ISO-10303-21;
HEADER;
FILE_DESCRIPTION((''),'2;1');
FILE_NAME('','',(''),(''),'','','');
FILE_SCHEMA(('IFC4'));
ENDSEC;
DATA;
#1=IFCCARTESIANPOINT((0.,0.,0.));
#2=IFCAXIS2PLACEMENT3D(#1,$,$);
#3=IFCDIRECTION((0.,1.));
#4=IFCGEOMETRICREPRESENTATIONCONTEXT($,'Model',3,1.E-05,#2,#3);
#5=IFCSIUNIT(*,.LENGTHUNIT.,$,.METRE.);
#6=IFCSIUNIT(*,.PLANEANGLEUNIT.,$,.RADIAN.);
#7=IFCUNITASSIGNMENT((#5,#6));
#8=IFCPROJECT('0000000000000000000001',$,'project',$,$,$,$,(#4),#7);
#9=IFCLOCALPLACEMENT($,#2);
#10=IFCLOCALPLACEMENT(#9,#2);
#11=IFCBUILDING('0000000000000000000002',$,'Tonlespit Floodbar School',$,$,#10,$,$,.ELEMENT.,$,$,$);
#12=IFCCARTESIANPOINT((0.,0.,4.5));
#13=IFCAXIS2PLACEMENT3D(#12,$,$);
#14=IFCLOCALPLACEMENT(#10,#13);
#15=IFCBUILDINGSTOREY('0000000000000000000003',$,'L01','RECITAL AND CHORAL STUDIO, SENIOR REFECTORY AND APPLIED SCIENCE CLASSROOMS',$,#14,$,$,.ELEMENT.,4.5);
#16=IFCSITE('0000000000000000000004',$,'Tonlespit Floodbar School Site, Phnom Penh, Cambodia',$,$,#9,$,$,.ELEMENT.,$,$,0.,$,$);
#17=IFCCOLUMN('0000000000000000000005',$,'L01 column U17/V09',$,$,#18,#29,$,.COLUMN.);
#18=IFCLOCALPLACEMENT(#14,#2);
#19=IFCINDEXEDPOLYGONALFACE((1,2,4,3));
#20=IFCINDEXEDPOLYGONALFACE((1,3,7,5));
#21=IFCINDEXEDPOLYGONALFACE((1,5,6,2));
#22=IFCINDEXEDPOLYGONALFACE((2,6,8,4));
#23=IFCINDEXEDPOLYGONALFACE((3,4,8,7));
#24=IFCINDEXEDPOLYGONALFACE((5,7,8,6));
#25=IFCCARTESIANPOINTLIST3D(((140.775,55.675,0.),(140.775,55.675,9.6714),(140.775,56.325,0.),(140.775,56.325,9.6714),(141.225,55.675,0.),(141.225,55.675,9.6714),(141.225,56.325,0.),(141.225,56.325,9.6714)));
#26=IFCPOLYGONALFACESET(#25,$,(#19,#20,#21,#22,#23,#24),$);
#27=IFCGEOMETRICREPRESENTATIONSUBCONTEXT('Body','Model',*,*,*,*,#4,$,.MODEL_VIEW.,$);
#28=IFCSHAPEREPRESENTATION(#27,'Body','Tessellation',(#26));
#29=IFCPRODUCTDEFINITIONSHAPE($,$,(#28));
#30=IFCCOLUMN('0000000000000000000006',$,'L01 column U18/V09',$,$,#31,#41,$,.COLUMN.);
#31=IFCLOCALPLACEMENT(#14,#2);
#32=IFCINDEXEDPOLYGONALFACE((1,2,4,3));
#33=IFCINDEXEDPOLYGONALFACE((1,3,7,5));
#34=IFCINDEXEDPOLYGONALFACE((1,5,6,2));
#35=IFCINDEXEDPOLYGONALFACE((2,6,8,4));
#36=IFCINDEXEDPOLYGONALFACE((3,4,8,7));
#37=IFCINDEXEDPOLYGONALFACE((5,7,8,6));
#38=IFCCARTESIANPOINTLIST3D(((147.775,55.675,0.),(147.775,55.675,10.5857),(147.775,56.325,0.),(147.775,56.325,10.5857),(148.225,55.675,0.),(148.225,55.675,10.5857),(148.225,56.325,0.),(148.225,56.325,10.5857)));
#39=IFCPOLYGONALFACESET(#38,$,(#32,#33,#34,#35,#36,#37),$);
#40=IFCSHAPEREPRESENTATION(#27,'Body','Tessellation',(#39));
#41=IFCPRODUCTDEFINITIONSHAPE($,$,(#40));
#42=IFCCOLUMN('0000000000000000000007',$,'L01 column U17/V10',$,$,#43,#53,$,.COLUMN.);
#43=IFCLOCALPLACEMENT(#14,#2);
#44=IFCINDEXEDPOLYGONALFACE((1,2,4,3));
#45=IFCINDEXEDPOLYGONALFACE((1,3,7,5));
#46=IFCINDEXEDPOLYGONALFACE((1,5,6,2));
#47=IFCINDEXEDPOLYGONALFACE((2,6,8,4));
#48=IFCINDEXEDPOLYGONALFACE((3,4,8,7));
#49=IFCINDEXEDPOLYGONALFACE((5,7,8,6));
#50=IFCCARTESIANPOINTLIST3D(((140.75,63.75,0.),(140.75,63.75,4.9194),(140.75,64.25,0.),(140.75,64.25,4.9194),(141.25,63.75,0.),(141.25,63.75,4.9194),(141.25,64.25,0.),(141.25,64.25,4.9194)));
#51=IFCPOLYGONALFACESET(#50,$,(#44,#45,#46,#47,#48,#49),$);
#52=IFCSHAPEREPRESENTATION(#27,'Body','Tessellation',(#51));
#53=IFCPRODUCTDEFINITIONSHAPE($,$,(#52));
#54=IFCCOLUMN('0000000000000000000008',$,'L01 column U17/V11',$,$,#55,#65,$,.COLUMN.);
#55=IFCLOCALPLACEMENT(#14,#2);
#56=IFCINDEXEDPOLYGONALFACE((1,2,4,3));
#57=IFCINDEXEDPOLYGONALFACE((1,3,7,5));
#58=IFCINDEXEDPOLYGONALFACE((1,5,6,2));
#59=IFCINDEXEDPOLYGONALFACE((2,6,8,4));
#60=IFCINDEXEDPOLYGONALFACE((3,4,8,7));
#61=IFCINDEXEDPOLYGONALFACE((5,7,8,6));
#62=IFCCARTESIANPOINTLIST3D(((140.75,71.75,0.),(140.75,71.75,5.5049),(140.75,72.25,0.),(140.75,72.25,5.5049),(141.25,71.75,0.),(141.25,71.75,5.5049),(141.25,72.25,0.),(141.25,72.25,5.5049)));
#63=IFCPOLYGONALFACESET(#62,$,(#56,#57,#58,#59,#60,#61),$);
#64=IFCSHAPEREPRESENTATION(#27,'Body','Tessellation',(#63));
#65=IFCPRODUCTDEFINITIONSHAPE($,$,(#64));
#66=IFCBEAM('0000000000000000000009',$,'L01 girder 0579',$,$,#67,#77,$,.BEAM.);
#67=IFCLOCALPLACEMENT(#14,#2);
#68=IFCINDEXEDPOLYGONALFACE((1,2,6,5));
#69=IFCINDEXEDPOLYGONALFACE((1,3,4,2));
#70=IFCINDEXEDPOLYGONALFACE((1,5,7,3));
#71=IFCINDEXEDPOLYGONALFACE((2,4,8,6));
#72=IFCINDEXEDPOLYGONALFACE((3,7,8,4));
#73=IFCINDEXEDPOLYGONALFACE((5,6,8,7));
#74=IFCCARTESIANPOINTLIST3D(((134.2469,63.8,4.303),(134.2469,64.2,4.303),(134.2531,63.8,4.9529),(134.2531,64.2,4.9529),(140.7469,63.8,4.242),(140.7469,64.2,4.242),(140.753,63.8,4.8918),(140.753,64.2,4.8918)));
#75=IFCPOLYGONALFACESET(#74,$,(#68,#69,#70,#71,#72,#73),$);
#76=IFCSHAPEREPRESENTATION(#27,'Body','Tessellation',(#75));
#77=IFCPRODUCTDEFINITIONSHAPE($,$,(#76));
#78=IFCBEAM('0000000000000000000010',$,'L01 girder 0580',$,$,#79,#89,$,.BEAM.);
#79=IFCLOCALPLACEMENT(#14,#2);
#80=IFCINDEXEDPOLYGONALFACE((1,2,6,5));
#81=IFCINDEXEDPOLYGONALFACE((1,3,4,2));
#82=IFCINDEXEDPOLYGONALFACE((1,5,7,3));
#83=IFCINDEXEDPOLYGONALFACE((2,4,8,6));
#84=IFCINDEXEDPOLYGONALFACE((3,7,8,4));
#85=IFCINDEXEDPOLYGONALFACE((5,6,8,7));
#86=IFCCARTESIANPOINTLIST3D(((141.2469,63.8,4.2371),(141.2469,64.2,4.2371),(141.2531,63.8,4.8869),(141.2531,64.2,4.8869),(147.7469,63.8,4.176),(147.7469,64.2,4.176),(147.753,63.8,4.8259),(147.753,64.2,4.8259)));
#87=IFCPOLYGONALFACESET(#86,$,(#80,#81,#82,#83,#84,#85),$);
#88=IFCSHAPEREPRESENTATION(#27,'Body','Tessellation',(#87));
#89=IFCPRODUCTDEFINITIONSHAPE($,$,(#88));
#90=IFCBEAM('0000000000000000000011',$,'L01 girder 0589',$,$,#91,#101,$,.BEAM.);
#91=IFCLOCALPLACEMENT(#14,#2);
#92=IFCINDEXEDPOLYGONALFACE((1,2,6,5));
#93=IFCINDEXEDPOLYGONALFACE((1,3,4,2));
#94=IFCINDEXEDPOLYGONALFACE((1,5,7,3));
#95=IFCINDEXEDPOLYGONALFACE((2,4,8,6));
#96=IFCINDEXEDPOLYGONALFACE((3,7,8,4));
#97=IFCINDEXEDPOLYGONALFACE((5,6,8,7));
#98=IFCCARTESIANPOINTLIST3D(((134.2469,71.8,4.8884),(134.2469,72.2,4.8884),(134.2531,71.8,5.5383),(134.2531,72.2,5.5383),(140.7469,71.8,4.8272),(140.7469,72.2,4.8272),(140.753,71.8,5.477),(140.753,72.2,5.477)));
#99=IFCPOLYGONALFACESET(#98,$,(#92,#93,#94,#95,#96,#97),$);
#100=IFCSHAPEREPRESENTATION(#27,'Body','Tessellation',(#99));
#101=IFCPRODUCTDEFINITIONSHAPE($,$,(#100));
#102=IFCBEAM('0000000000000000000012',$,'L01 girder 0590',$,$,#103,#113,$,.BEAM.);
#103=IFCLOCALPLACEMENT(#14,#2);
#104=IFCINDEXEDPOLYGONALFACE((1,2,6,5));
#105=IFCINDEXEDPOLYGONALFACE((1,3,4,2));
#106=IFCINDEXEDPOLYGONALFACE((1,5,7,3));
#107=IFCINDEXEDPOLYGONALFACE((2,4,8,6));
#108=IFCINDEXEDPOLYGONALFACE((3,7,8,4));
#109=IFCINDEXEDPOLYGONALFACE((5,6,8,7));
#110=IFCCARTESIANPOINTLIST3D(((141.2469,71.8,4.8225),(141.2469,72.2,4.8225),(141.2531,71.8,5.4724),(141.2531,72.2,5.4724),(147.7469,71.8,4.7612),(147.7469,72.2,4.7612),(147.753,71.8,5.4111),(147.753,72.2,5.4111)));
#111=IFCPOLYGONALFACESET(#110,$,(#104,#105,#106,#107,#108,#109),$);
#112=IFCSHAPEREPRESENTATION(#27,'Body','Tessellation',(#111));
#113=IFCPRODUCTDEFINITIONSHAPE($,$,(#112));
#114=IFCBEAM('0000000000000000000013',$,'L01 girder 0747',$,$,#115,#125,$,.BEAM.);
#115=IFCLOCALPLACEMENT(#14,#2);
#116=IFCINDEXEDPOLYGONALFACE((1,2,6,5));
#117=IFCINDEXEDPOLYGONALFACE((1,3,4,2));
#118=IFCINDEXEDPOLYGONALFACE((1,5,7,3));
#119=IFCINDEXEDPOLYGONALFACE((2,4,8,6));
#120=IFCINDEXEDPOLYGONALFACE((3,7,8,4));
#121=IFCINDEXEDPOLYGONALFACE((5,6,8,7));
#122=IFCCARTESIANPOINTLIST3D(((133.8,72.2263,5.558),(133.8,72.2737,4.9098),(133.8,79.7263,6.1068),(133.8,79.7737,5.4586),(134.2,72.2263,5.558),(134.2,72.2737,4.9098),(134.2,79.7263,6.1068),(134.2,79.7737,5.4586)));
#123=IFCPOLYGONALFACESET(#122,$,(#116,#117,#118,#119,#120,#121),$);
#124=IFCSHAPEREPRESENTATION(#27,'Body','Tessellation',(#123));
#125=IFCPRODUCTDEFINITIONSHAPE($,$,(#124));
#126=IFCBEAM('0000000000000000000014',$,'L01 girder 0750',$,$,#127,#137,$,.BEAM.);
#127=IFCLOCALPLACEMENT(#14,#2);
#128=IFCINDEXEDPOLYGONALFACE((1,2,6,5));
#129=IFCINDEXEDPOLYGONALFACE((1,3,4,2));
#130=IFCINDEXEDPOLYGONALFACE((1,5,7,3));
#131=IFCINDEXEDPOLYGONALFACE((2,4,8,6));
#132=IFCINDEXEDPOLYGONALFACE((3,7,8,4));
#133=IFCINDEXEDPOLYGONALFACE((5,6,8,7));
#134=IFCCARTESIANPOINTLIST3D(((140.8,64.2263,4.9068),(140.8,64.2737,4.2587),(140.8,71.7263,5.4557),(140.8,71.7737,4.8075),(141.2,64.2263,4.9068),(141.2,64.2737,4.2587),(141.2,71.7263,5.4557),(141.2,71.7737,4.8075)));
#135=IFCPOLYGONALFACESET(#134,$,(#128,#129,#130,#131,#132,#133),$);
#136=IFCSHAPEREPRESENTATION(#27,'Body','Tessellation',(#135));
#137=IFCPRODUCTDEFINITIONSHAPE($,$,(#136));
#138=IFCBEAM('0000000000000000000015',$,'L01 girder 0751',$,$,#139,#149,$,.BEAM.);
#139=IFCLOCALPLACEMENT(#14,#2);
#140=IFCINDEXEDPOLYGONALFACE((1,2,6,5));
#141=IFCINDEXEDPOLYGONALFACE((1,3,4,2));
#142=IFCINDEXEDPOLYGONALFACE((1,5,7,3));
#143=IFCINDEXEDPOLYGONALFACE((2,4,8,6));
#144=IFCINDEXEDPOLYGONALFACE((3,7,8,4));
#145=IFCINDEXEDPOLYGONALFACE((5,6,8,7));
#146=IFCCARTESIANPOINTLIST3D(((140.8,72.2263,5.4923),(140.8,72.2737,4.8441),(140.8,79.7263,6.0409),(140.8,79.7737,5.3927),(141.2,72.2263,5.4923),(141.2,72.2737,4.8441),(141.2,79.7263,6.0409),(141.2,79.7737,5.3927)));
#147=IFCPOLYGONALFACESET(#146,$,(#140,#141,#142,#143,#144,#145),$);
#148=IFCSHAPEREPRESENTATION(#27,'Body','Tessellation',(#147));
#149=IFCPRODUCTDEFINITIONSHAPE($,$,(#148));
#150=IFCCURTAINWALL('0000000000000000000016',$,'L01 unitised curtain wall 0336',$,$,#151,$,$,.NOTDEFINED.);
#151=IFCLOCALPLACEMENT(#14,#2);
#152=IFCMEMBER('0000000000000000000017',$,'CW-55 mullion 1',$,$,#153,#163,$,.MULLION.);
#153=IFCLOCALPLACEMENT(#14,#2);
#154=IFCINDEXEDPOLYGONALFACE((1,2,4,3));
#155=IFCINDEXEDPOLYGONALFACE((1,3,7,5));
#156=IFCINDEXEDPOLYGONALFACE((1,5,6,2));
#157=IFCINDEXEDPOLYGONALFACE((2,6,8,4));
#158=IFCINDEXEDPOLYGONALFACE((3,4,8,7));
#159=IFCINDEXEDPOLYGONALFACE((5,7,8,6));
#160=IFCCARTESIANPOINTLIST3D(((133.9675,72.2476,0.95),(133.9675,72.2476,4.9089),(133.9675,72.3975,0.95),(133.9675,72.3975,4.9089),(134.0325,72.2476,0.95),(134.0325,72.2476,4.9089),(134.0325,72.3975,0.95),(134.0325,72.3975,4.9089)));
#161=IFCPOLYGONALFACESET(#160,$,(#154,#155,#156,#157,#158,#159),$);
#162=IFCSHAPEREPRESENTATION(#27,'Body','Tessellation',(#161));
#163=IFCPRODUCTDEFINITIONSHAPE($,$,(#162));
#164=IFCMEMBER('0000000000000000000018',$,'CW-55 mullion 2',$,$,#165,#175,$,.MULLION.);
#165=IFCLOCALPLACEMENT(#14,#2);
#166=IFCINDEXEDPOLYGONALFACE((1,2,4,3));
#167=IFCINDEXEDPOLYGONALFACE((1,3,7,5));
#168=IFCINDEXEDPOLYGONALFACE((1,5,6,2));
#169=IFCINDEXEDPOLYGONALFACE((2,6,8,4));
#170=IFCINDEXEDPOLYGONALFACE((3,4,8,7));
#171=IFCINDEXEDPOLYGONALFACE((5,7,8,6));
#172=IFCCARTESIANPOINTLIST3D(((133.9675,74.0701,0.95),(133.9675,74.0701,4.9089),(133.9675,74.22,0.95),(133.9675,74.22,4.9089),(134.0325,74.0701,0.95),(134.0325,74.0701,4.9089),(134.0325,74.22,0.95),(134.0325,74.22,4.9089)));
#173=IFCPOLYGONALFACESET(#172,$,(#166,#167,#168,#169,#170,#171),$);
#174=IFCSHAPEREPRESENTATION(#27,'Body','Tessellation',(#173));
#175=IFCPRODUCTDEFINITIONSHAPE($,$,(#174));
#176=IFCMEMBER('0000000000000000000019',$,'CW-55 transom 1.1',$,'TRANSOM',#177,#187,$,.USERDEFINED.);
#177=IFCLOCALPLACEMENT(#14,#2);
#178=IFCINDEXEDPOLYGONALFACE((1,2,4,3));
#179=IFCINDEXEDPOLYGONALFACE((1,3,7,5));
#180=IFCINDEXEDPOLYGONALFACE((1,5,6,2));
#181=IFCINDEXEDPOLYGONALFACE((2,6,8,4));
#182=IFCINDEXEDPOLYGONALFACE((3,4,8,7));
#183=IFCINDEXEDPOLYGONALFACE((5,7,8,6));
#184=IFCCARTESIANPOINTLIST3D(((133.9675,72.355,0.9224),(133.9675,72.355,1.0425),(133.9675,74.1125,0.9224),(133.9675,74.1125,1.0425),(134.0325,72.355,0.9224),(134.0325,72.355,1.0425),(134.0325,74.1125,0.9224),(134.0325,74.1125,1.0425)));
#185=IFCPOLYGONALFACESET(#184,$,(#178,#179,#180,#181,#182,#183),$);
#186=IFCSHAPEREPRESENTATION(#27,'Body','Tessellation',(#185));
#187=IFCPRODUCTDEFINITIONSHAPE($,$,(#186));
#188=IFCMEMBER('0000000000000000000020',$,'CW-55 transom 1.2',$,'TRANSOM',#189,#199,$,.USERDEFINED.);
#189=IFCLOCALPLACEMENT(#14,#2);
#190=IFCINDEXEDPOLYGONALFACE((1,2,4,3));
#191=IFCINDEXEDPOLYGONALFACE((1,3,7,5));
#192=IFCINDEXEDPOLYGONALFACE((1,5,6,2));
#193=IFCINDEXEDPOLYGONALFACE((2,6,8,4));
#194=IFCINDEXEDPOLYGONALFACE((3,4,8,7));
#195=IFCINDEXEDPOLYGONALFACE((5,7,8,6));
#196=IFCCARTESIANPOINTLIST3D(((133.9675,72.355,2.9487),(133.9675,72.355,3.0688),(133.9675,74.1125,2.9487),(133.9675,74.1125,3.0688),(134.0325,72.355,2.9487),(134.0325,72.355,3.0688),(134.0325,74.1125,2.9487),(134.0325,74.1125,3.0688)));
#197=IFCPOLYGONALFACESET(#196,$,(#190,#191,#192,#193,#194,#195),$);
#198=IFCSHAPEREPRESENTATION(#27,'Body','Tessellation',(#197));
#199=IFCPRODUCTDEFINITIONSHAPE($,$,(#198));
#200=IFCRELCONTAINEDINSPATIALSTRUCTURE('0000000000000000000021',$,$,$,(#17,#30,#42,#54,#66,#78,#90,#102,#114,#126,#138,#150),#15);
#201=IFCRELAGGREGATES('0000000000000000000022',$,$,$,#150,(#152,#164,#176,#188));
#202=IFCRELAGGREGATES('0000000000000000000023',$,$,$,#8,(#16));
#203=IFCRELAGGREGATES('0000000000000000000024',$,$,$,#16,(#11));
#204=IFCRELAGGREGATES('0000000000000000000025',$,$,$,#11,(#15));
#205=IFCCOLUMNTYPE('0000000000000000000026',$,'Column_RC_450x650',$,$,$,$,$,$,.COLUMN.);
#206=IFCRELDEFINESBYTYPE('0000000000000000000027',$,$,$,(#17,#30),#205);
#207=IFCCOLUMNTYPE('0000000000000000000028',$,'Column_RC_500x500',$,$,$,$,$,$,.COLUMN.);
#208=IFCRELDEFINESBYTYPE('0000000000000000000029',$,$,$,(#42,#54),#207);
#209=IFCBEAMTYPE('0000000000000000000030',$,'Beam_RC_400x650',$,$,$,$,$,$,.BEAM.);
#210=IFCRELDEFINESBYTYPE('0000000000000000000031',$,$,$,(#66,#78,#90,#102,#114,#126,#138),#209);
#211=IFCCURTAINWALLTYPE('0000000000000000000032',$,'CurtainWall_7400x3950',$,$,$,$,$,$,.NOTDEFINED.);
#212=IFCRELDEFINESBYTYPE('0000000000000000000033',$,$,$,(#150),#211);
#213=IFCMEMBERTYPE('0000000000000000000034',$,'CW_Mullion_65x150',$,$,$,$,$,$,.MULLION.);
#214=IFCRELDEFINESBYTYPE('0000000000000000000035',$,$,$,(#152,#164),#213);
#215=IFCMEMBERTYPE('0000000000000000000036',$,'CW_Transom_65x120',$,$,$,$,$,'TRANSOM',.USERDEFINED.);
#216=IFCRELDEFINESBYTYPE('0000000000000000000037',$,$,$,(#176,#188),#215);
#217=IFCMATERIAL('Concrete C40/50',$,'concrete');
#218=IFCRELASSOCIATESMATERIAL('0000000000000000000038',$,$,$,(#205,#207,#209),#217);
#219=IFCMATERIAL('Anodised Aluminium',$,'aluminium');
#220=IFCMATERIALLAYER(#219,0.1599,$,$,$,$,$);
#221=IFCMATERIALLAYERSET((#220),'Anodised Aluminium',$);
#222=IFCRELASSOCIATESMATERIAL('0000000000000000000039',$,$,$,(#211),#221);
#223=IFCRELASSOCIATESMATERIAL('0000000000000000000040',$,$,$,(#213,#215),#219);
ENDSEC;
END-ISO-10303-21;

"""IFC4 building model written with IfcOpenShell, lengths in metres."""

from ifc_helpers import new_model, si_unit, direction, frame, origin, origin_2d, place, context, subcontext, project, spatial, rectangle, extrude, material, layer, layer_set, material_profile, profile_set, type_object, element, aggregate, save


model = new_model("IFC4")

# Units and contexts
model_context = context("Model", 3, precision=1e-05, world=origin(), true_north=direction((0.0, 1.0)))
body_context = subcontext(model_context, "Body", "Model", "MODEL_VIEW")
ifc_project = project(units=[si_unit("LENGTHUNIT", "METRE"), si_unit("PLANEANGLEUNIT", "RADIAN")], contexts=[model_context])

# Site, building, storey
site_placement = place(None, origin())
site = spatial("IfcSite", under=ifc_project, at=site_placement, Name="Tonlespit Floodbar School Site, Phnom Penh, Cambodia", CompositionType="ELEMENT", RefElevation=0.0)
building_placement = place(site_placement, origin())
building = spatial("IfcBuilding", under=site, at=building_placement, Name="Tonlespit Floodbar School", CompositionType="ELEMENT")
storey_placement = place(building_placement, frame((0.0, 0.0, 4.5)))
storey = spatial("IfcBuildingStorey", under=building, at=storey_placement, Name="L01", Description="RECITAL AND CHORAL STUDIO, SENIOR REFECTORY AND APPLIED SCIENCE CLASSROOMS", CompositionType="ELEMENT", Elevation=4.5)

# Columns
ifc_material_1 = material(Name="Concrete C40/50", Category="concrete")
ifc_material_profile_1 = material_profile(ifc_material_1, rectangle(XDim=0.45, YDim=0.6499, at=origin_2d()), Name="RC 450x650")
ifc_profile_set_1 = profile_set([ifc_material_profile_1], Name="Concrete C40/50")
column_type_1 = type_object("IfcColumnType", Name="Column_RC_450x650", PredefinedType="COLUMN", material=ifc_profile_set_1)
column_1_placement = place(storey_placement, frame((141.0, 56.0, 0.0), z_axis=(0.0, 0.0, 1.0), x_axis=(1.0, 0.0, 0.0)))
element("IfcColumn", 1, at=column_1_placement, inside=storey, type_object=column_type_1, Name="L01 column U17/V09", PredefinedType="COLUMN", context=body_context, shape_type="SweptSolid", body=[
    extrude(rectangle(XDim=0.45, YDim=0.6499, at=origin_2d()), origin(), (0.0, 0.0, 1.0), 9.6714),
])
column_2_placement = place(storey_placement, frame((148.0, 56.0, 0.0), z_axis=(0.0, 0.0, 1.0), x_axis=(1.0, 0.0, 0.0)))
element("IfcColumn", 2, at=column_2_placement, inside=storey, type_object=column_type_1, Name="L01 column U18/V09", PredefinedType="COLUMN", context=body_context, shape_type="SweptSolid", body=[
    extrude(rectangle(XDim=0.45, YDim=0.6499, at=origin_2d()), origin(), (0.0, 0.0, 1.0), 10.5857),
])
ifc_material_profile_2 = material_profile(ifc_material_1, rectangle(XDim=0.5, YDim=0.5, at=origin_2d()), Name="RC 500x500")
ifc_profile_set_2 = profile_set([ifc_material_profile_2], Name="Concrete C40/50")
column_type_2 = type_object("IfcColumnType", Name="Column_RC_500x500", PredefinedType="COLUMN", material=ifc_profile_set_2)
column_3_placement = place(storey_placement, frame((141.0, 64.0, 0.0), z_axis=(0.0, 0.0, 1.0), x_axis=(1.0, 0.0, 0.0)))
element("IfcColumn", 3, at=column_3_placement, inside=storey, type_object=column_type_2, Name="L01 column U17/V10", PredefinedType="COLUMN", context=body_context, shape_type="SweptSolid", body=[
    extrude(rectangle(XDim=0.5, YDim=0.5, at=origin_2d()), origin(), (0.0, 0.0, 1.0), 4.9194),
])
column_4_placement = place(storey_placement, frame((141.0, 72.0, 0.0), z_axis=(0.0, 0.0, 1.0), x_axis=(1.0, 0.0, 0.0)))
element("IfcColumn", 4, at=column_4_placement, inside=storey, type_object=column_type_2, Name="L01 column U17/V11", PredefinedType="COLUMN", context=body_context, shape_type="SweptSolid", body=[
    extrude(rectangle(XDim=0.5, YDim=0.5, at=origin_2d()), origin(), (0.0, 0.0, 1.0), 5.5049),
])

# Beams
ifc_material_profile_3 = material_profile(ifc_material_1, rectangle(XDim=0.3999, YDim=0.6499, at=origin_2d()), Name="RC 400x650")
ifc_profile_set_3 = profile_set([ifc_material_profile_3], Name="Concrete C40/50")
beam_type_1 = type_object("IfcBeamType", Name="Beam_RC_400x650", PredefinedType="BEAM", material=ifc_profile_set_3)
for number, where, z_axis, x_axis, name in (
    (5, (134.25, 64.0, 4.6279), (0.999956, 0.0, -0.00939), (0.0, 1.0, 0.0), "L01 girder 0579"),
    (6, (141.25, 64.0, 4.562), (0.999956, 0.0, -0.00939), (0.0, 1.0, 0.0), "L01 girder 0580"),
    (7, (134.25, 72.0, 5.2134), (0.999956, 0.0, -0.009427), (0.0, 1.0, 0.0), "L01 girder 0589"),
    (8, (141.25, 72.0, 5.1475), (0.999956, 0.0, -0.009427), (0.0, 1.0, 0.0), "L01 girder 0590"),
):
    element("IfcBeam", number, at=place(storey_placement, frame(where, z_axis=z_axis, x_axis=x_axis)), inside=storey, type_object=beam_type_1, Name=name, PredefinedType="BEAM", context=body_context, shape_type="SweptSolid", body=[
        extrude(rectangle(XDim=0.3999, YDim=0.6499, at=origin_2d()), origin(), (0.0, 0.0, 1.0), 6.5002),
    ])
for number, where, z_axis, x_axis, name in (
    (9, (134.0, 72.25, 5.2339), (0.0, 0.997333, 0.072982), (-1.0, 0.0, 0.0), "L01 girder 0747"),
    (10, (141.0, 64.25, 4.5828), (0.0, 0.997333, 0.072982), (-1.0, 0.0, 0.0), "L01 girder 0750"),
    (11, (141.0, 72.25, 5.1682), (0.0, 0.997336, 0.07295), (-1.0, 0.0, 0.0), "L01 girder 0751"),
):
    element("IfcBeam", number, at=place(storey_placement, frame(where, z_axis=z_axis, x_axis=x_axis)), inside=storey, type_object=beam_type_1, Name=name, PredefinedType="BEAM", context=body_context, shape_type="SweptSolid", body=[
        extrude(rectangle(XDim=0.3999, YDim=0.6499, at=origin_2d()), origin(), (0.0, 0.0, 1.0), 7.52),
    ])

# Curtain wall, members
ifc_material_2 = material(Name="Anodised Aluminium", Category="aluminium")
ifc_layer_1 = layer(ifc_material_2, 0.1599)
ifc_layer_set_1 = layer_set([ifc_layer_1], Name="Anodised Aluminium")
curtain_wall_type = type_object("IfcCurtainWallType", Name="CurtainWall_7400x3950", PredefinedType="NOTDEFINED", material=ifc_layer_set_1)
curtain_wall_placement = place(storey_placement, origin())
curtain_wall = element("IfcCurtainWall", 12, at=curtain_wall_placement, inside=storey, type_object=curtain_wall_type, Name="L01 unitised curtain wall 0336", PredefinedType="NOTDEFINED")
ifc_material_profile_4 = material_profile(ifc_material_2, rectangle(XDim=0.0649, YDim=0.1499, at=origin_2d()), Name="ALU M65x150")
ifc_profile_set_4 = profile_set([ifc_material_profile_4], Name="Anodised Aluminium")
member_type_1 = type_object("IfcMemberType", Name="CW_Mullion_65x150", PredefinedType="MULLION", material=ifc_profile_set_4)
member_1_placement = place(storey_placement, frame((134.0, 72.3225, 0.95), z_axis=(0.0, 0.0, 1.0), x_axis=(-1.0, 0.0, 0.0)))
member_1 = element("IfcMember", 13, at=member_1_placement, type_object=member_type_1, Name="CW-55 mullion 1", PredefinedType="MULLION", context=body_context, shape_type="SweptSolid", body=[
    extrude(rectangle(XDim=0.0649, YDim=0.1499, at=origin_2d()), origin(), (0.0, 0.0, 1.0), 3.959),
])
member_2_placement = place(storey_placement, frame((134.0, 74.145, 0.95), z_axis=(0.0, 0.0, 1.0), x_axis=(-1.0, 0.0, 0.0)))
member_2 = element("IfcMember", 14, at=member_2_placement, type_object=member_type_1, Name="CW-55 mullion 2", PredefinedType="MULLION", context=body_context, shape_type="SweptSolid", body=[
    extrude(rectangle(XDim=0.0649, YDim=0.1499, at=origin_2d()), origin(), (0.0, 0.0, 1.0), 3.959),
])
ifc_material_profile_5 = material_profile(ifc_material_2, rectangle(XDim=0.0649, YDim=0.1201, at=origin_2d()), Name="ALU T65x120")
ifc_profile_set_5 = profile_set([ifc_material_profile_5], Name="Anodised Aluminium")
member_type_2 = type_object("IfcMemberType", Name="CW_Transom_65x120", ElementType="TRANSOM", PredefinedType="USERDEFINED", material=ifc_profile_set_5)
member_3_placement = place(storey_placement, frame((134.0, 72.355, 0.9824), z_axis=(0.0, 1.0, 0.0), x_axis=(-1.0, 0.0, 0.0)))
member_3 = element("IfcMember", 15, at=member_3_placement, type_object=member_type_2, Name="CW-55 transom 1.1", ObjectType="TRANSOM", PredefinedType="USERDEFINED", context=body_context, shape_type="SweptSolid", body=[
    extrude(rectangle(XDim=0.0649, YDim=0.1201, at=origin_2d()), origin(), (0.0, 0.0, 1.0), 1.7576),
])
member_4_placement = place(storey_placement, frame((134.0, 72.355, 3.0088), z_axis=(0.0, 1.0, 0.0), x_axis=(-1.0, 0.0, 0.0)))
member_4 = element("IfcMember", 16, at=member_4_placement, type_object=member_type_2, Name="CW-55 transom 1.2", ObjectType="TRANSOM", PredefinedType="USERDEFINED", context=body_context, shape_type="SweptSolid", body=[
    extrude(rectangle(XDim=0.0649, YDim=0.1201, at=origin_2d()), origin(), (0.0, 0.0, 1.0), 1.7576),
])

aggregate(curtain_wall, [member_1, member_2, member_3, member_4])

save(model, "model.ifc")
